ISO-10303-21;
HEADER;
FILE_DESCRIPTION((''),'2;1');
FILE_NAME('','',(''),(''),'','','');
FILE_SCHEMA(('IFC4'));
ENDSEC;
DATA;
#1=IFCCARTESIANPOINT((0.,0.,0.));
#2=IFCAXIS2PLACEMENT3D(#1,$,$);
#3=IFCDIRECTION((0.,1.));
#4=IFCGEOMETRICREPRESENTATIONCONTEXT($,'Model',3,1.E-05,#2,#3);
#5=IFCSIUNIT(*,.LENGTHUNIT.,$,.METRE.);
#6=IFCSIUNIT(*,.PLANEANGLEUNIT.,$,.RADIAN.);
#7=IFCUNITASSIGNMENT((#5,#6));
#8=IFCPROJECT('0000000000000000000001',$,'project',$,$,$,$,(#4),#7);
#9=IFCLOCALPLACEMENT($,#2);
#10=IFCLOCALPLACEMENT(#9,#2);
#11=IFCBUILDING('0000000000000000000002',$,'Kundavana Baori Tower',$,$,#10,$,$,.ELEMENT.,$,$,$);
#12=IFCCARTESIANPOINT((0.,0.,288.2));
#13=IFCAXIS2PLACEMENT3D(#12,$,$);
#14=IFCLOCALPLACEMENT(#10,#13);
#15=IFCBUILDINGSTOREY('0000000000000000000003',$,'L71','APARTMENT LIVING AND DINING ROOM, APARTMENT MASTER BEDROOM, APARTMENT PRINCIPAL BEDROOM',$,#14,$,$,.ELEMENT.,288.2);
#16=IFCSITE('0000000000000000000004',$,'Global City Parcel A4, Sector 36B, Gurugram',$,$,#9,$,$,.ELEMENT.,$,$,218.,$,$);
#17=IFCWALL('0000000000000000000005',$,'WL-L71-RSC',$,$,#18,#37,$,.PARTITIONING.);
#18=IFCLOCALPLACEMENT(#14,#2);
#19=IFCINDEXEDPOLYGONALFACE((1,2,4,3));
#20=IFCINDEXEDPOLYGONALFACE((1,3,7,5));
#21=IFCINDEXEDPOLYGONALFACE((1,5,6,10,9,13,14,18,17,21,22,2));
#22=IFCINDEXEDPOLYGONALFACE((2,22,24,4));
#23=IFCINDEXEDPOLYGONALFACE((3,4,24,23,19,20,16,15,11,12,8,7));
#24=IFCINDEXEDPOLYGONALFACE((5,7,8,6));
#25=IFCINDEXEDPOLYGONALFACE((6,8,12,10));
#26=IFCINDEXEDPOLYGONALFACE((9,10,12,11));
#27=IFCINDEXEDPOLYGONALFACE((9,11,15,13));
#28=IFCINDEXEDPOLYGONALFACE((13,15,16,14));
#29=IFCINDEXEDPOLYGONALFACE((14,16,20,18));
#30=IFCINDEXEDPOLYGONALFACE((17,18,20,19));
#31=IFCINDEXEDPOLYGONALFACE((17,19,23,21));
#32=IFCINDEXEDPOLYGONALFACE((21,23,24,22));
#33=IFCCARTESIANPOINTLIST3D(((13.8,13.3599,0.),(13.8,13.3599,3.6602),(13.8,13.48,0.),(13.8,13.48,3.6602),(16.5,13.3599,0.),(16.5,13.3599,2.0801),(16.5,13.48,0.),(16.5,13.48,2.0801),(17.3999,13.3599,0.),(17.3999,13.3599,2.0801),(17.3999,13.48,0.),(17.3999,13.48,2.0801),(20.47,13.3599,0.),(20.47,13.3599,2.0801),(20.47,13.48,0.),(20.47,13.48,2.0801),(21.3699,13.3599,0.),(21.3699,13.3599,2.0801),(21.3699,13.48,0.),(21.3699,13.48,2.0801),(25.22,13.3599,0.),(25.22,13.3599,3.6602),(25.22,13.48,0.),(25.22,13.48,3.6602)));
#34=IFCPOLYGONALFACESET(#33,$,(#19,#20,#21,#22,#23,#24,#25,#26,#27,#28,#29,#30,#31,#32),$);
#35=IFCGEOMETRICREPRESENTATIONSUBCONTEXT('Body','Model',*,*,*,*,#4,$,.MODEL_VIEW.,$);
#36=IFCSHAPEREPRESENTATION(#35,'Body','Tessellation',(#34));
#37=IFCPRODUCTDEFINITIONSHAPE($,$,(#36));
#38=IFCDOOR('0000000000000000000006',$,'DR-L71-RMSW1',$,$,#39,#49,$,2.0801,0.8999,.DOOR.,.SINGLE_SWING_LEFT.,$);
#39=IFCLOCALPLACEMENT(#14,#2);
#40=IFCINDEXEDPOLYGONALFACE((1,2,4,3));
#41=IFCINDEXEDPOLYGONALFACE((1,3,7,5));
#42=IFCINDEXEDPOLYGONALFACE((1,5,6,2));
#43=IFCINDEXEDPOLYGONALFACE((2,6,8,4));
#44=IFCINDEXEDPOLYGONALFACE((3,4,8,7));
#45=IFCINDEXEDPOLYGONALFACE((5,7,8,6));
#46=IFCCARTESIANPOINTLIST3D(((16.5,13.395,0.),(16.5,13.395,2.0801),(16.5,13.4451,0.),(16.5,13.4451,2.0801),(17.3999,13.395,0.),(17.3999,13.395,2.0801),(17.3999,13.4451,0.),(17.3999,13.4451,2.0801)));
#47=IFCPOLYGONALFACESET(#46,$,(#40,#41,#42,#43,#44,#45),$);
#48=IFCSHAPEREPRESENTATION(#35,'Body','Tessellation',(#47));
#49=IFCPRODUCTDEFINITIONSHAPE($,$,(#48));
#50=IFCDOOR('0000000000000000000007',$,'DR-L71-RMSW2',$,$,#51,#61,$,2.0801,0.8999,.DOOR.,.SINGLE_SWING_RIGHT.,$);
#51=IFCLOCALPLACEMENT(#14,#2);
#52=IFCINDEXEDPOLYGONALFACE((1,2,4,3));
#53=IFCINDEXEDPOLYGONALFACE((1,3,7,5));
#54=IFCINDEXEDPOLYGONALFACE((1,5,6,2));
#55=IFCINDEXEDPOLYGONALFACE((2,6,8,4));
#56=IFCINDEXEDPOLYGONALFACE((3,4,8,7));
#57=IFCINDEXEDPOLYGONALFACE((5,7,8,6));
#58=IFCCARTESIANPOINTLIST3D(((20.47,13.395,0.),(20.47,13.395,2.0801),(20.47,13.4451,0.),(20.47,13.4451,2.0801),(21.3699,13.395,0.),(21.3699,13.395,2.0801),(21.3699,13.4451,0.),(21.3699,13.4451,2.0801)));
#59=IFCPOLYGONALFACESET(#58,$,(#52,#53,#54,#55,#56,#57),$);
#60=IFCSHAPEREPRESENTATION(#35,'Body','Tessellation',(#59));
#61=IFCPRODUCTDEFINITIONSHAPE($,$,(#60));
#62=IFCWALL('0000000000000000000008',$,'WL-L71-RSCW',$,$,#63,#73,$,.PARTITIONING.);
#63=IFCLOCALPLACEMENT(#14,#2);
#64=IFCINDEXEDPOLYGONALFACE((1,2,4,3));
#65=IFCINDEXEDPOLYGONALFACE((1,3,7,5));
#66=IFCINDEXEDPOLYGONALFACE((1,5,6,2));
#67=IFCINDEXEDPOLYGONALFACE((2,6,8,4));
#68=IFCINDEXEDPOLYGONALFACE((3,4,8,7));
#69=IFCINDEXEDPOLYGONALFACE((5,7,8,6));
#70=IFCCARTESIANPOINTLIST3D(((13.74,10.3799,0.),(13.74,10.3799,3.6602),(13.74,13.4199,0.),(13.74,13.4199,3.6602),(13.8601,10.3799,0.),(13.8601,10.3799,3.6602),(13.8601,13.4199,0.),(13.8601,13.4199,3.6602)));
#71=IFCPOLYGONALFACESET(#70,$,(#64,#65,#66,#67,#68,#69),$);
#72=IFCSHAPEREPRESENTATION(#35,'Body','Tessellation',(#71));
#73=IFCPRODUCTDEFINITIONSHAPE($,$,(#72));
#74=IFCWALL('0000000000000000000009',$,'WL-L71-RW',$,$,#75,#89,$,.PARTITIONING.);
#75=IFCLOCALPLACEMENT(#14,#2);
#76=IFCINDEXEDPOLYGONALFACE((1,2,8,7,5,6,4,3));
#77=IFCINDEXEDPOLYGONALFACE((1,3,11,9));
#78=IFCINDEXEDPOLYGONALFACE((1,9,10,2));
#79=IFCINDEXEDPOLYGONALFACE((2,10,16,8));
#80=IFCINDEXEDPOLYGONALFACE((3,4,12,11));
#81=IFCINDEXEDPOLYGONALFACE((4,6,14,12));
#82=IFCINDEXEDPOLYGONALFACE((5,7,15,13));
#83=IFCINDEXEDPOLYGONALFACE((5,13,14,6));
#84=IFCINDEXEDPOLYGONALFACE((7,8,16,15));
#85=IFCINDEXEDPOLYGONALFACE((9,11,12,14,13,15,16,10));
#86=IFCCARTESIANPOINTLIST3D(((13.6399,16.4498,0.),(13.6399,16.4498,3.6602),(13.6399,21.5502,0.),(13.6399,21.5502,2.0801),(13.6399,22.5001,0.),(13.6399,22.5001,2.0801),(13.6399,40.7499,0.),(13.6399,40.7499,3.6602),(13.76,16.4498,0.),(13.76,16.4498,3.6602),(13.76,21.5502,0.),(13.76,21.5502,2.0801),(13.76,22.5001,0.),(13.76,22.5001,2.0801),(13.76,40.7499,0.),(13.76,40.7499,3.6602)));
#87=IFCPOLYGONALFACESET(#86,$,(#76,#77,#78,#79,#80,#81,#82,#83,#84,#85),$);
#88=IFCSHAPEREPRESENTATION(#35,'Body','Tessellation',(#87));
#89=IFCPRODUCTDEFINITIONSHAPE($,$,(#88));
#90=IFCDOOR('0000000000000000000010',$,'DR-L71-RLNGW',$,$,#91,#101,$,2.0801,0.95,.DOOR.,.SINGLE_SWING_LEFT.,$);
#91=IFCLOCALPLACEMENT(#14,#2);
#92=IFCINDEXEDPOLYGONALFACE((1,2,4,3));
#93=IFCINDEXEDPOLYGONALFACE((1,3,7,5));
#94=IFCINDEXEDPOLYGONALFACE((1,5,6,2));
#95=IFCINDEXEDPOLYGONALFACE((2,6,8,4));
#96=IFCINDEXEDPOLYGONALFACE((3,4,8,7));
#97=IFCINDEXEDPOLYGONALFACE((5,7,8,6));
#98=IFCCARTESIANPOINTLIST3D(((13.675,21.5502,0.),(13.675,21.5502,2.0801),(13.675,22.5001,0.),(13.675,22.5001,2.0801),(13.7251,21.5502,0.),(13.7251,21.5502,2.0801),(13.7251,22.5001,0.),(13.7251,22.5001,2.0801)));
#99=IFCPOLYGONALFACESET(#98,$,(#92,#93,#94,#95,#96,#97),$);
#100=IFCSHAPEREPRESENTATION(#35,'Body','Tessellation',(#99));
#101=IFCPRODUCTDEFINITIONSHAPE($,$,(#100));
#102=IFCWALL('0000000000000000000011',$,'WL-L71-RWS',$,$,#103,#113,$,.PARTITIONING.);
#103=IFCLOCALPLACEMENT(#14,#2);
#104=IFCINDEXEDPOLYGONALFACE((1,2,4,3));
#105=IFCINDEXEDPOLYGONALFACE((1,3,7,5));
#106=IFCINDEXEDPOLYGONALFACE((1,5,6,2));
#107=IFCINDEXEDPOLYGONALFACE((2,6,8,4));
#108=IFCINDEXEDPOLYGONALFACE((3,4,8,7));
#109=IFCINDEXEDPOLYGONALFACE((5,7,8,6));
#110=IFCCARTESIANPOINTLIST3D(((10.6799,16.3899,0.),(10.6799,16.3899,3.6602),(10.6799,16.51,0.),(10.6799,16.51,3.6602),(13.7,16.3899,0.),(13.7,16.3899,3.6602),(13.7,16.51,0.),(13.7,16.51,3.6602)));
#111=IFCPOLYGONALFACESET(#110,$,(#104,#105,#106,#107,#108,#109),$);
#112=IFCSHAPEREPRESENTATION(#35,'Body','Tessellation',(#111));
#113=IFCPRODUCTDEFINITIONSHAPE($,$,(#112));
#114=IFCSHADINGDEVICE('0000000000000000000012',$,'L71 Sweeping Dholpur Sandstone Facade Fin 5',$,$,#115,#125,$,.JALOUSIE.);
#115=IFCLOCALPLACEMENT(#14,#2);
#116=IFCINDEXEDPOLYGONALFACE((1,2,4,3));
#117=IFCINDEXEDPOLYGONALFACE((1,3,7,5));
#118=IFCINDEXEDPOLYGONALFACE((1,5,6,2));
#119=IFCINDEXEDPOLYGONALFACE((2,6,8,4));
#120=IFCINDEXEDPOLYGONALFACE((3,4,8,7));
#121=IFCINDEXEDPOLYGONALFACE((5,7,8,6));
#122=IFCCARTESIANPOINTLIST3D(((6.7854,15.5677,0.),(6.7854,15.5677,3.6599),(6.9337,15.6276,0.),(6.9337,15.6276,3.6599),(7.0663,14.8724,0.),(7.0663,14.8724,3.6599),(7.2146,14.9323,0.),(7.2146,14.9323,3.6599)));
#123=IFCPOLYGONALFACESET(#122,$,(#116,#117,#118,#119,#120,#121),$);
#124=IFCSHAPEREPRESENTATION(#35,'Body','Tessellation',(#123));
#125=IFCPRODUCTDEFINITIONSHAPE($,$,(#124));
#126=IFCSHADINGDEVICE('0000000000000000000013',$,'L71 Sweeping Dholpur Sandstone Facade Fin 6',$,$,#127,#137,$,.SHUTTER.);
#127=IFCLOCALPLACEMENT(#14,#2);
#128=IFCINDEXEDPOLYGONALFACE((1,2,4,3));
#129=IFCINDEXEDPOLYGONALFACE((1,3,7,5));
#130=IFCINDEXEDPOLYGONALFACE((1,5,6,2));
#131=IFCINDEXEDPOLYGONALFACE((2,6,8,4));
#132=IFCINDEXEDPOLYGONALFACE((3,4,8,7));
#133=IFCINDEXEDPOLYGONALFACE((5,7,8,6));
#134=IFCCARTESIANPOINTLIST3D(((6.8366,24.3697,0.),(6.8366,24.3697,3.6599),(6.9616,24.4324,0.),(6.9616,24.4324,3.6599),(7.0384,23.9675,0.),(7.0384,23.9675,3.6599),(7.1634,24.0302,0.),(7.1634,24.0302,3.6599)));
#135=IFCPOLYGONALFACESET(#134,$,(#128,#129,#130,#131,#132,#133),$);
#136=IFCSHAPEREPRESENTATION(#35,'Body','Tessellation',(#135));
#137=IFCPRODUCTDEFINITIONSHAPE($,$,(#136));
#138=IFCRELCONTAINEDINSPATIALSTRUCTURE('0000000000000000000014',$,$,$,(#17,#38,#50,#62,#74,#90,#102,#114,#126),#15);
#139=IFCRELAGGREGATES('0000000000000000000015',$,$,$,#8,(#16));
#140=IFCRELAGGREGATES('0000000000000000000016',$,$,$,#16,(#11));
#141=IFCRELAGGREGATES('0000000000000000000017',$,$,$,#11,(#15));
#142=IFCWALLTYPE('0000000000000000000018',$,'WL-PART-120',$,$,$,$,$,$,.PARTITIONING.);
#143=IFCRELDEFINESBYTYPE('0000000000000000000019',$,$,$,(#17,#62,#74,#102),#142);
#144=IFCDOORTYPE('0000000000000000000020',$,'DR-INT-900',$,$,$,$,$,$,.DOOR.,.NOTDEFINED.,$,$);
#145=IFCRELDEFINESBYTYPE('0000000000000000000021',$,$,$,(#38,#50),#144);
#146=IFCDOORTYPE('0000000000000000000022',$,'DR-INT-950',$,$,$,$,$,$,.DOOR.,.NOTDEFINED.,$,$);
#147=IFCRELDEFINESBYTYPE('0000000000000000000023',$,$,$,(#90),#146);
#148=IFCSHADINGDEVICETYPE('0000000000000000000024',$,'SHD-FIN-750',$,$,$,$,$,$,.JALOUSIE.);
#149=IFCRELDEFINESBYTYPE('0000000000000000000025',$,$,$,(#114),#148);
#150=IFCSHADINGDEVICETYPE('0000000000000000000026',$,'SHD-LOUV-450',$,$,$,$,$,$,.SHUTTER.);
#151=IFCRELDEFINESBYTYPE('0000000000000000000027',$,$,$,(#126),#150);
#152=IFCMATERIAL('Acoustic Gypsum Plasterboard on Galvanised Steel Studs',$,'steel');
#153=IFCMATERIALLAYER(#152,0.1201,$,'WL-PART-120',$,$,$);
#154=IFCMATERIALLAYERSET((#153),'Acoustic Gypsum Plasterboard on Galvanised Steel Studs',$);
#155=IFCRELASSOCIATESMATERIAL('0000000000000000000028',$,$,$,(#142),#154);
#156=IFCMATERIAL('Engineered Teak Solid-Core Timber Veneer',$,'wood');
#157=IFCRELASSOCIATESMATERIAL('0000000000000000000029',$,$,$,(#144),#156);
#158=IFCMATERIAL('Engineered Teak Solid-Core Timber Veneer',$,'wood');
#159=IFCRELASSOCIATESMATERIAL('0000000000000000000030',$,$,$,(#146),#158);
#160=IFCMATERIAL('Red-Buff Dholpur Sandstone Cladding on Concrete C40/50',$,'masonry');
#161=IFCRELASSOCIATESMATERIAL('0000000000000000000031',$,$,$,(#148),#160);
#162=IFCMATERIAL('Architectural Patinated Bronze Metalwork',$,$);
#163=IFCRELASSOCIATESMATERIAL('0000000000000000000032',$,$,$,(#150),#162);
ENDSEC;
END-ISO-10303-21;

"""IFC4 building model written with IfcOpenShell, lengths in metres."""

from ifc_helpers import new_model, si_unit, direction, frame, frame_2d, origin, origin_2d, place, context, subcontext, project, spatial, rectangle, extrude, material, layer, layer_set, type_object, element, fill, save


model = new_model("IFC4")

# Units and contexts
model_context = context("Model", 3, precision=1e-05, world=origin(), true_north=direction((0.0, 1.0)))
body_context = subcontext(model_context, "Body", "Model", "MODEL_VIEW")
ifc_project = project(units=[si_unit("LENGTHUNIT", "METRE"), si_unit("PLANEANGLEUNIT", "RADIAN")], contexts=[model_context])

# Site, building, storey
site_placement = place(None, origin())
site = spatial("IfcSite", under=ifc_project, at=site_placement, Name="Global City Parcel A4, Sector 36B, Gurugram", CompositionType="ELEMENT", RefElevation=218.0)
building_placement = place(site_placement, origin())
building = spatial("IfcBuilding", under=site, at=building_placement, Name="Kundavana Baori Tower", CompositionType="ELEMENT")
storey_placement = place(building_placement, frame((0.0, 0.0, 288.2)))
storey = spatial("IfcBuildingStorey", under=building, at=storey_placement, Name="L71", Description="APARTMENT LIVING AND DINING ROOM, APARTMENT MASTER BEDROOM, APARTMENT PRINCIPAL BEDROOM", CompositionType="ELEMENT", Elevation=288.2)

# Wall, openings, doors
ifc_material_1 = material(Name="Acoustic Gypsum Plasterboard on Galvanised Steel Studs", Category="steel")
ifc_layer_1 = layer(ifc_material_1, 0.1201, Name="WL-PART-120")
ifc_layer_set_1 = layer_set([ifc_layer_1], Name="Acoustic Gypsum Plasterboard on Galvanised Steel Studs")
wall_type_1 = type_object("IfcWallType", Name="WL-PART-120", PredefinedType="PARTITIONING", material=ifc_layer_set_1)
wall_1_placement = place(storey_placement, frame((13.8, 13.4199, 0.0), z_axis=(0.0, 0.0, 1.0), x_axis=(1.0, 0.0, 0.0)))
wall_1 = element("IfcWall", 1, at=wall_1_placement, inside=storey, type_object=wall_type_1, Name="WL-L71-RSC", PredefinedType="PARTITIONING", context=body_context, shape_type="SweptSolid", body=[
    extrude(rectangle(XDim=11.4199, YDim=0.1201, at=frame_2d((5.71, 0.0))), origin(), (0.0, 0.0, 1.0), 3.6602),
])
opening_1_placement = place(wall_1_placement, frame((2.7, 0.0, 0.0)))
opening_1 = element("IfcOpeningElement", 2, at=opening_1_placement, cuts=wall_1, PredefinedType="OPENING", context=body_context, shape_type="SweptSolid", body=[
    extrude(rectangle(XDim=0.8999, YDim=2.0801, at=frame_2d((0.45, 1.04))), frame((0.0, 0.0701, 0.0), z_axis=(0.0, -1.0, 0.0), x_axis=(1.0, 0.0, 0.0)), (0.0, 0.0, 1.0), 0.1401),
])
opening_2_placement = place(wall_1_placement, frame((6.6699, 0.0, 0.0)))
opening_2 = element("IfcOpeningElement", 3, at=opening_2_placement, cuts=wall_1, PredefinedType="OPENING", context=body_context, shape_type="SweptSolid", body=[
    extrude(rectangle(XDim=0.8999, YDim=2.0801, at=frame_2d((0.45, 1.04))), frame((0.0, 0.0701, 0.0), z_axis=(0.0, -1.0, 0.0), x_axis=(1.0, 0.0, 0.0)), (0.0, 0.0, 1.0), 0.1401),
])
ifc_material_2 = material(Name="Engineered Teak Solid-Core Timber Veneer", Category="wood")
door_type_1 = type_object("IfcDoorType", Name="DR-INT-900", OperationType="NOTDEFINED", PredefinedType="DOOR", material=ifc_material_2)
door_1_placement = place(opening_1_placement, frame((0.8999, 0.0, 0.0), z_axis=(0.0, 0.0, 1.0), x_axis=(-1.0, 0.0, 0.0)))
door_1 = element("IfcDoor", 4, at=door_1_placement, inside=storey, type_object=door_type_1, Name="DR-L71-RMSW1", OperationType="SINGLE_SWING_LEFT", OverallHeight=2.0801, OverallWidth=0.8999, PredefinedType="DOOR", context=body_context, shape_type="SweptSolid", body=[
    extrude(rectangle(XDim=0.8999, YDim=2.0801, at=frame_2d((0.45, 1.04))), frame((0.0, 0.0249, 0.0), z_axis=(0.0, -1.0, 0.0), x_axis=(1.0, 0.0, 0.0)), (0.0, 0.0, 1.0), 0.05),
])
fill(opening_1, door_1)
door_2_placement = place(opening_2_placement, frame((0.8999, 0.0, 0.0), z_axis=(0.0, 0.0, 1.0), x_axis=(-1.0, 0.0, 0.0)))
door_2 = element("IfcDoor", 5, at=door_2_placement, inside=storey, type_object=door_type_1, Name="DR-L71-RMSW2", OperationType="SINGLE_SWING_RIGHT", OverallHeight=2.0801, OverallWidth=0.8999, PredefinedType="DOOR", context=body_context, shape_type="SweptSolid", body=[
    extrude(rectangle(XDim=0.8999, YDim=2.0801, at=frame_2d((0.45, 1.04))), frame((0.0, 0.0249, 0.0), z_axis=(0.0, -1.0, 0.0), x_axis=(1.0, 0.0, 0.0)), (0.0, 0.0, 1.0), 0.05),
])
fill(opening_2, door_2)

# Wall
wall_2_placement = place(storey_placement, frame((13.8, 10.3799, 0.0), z_axis=(0.0, 0.0, 1.0), x_axis=(0.0, 1.0, 0.0)))
element("IfcWall", 6, at=wall_2_placement, inside=storey, type_object=wall_type_1, Name="WL-L71-RSCW", PredefinedType="PARTITIONING", context=body_context, shape_type="SweptSolid", body=[
    extrude(rectangle(XDim=3.04, YDim=0.1201, at=frame_2d((1.52, 0.0))), origin(), (0.0, 0.0, 1.0), 3.6602),
])

# Wall, opening, door
wall_3_placement = place(storey_placement, frame((13.7, 16.45, 0.0), z_axis=(0.0, 0.0, 1.0), x_axis=(0.0, 1.0, 0.0)))
wall_3 = element("IfcWall", 7, at=wall_3_placement, inside=storey, type_object=wall_type_1, Name="WL-L71-RW", PredefinedType="PARTITIONING", context=body_context, shape_type="SweptSolid", body=[
    extrude(rectangle(XDim=24.3, YDim=0.1201, at=frame_2d((12.1499, 0.0))), origin(), (0.0, 0.0, 1.0), 3.6602),
])
opening_3_placement = place(wall_3_placement, frame((5.1001, 0.0, 0.0)))
opening_3 = element("IfcOpeningElement", 8, at=opening_3_placement, cuts=wall_3, PredefinedType="OPENING", context=body_context, shape_type="SweptSolid", body=[
    extrude(rectangle(XDim=0.95, YDim=2.0801, at=frame_2d((0.4751, 1.04))), frame((0.0, 0.0701, 0.0), z_axis=(0.0, -1.0, 0.0), x_axis=(1.0, 0.0, 0.0)), (0.0, 0.0, 1.0), 0.1401),
])
ifc_material_3 = material(Name="Engineered Teak Solid-Core Timber Veneer", Category="wood")
door_type_2 = type_object("IfcDoorType", Name="DR-INT-950", OperationType="NOTDEFINED", PredefinedType="DOOR", material=ifc_material_3)
door_3_placement = place(opening_3_placement, origin())
door_3 = element("IfcDoor", 9, at=door_3_placement, inside=storey, type_object=door_type_2, Name="DR-L71-RLNGW", OperationType="SINGLE_SWING_LEFT", OverallHeight=2.0801, OverallWidth=0.95, PredefinedType="DOOR", context=body_context, shape_type="SweptSolid", body=[
    extrude(rectangle(XDim=0.95, YDim=2.0801, at=frame_2d((0.4751, 1.04))), frame((0.0, 0.0249, 0.0), z_axis=(0.0, -1.0, 0.0), x_axis=(1.0, 0.0, 0.0)), (0.0, 0.0, 1.0), 0.05),
])
fill(opening_3, door_3)

# Wall
wall_4_placement = place(storey_placement, frame((10.6799, 16.45, 0.0), z_axis=(0.0, 0.0, 1.0), x_axis=(1.0, 0.0, 0.0)))
element("IfcWall", 10, at=wall_4_placement, inside=storey, type_object=wall_type_1, Name="WL-L71-RWS", PredefinedType="PARTITIONING", context=body_context, shape_type="SweptSolid", body=[
    extrude(rectangle(XDim=3.02, YDim=0.1201, at=frame_2d((1.51, 0.0))), origin(), (0.0, 0.0, 1.0), 3.6602),
])

# Shading devices
ifc_material_4 = material(Name="Red-Buff Dholpur Sandstone Cladding on Concrete C40/50", Category="masonry")
shading_device_type_1 = type_object("IfcShadingDeviceType", Name="SHD-FIN-750", PredefinedType="JALOUSIE", material=ifc_material_4)
shading_device_1_placement = place(storey_placement, frame((7.0, 15.25, 0.0), z_axis=(0.0, 0.0, 1.0), x_axis=(0.927184, 0.374607, 0.0)))
element("IfcShadingDevice", 11, at=shading_device_1_placement, inside=storey, type_object=shading_device_type_1, Name="L71 Sweeping Dholpur Sandstone Facade Fin 5", PredefinedType="JALOUSIE", context=body_context, shape_type="SweptSolid", body=[
    extrude(rectangle(XDim=0.1599, YDim=0.75, at=origin_2d()), origin(), (0.0, 0.0, 1.0), 3.6599),
])
ifc_material_5 = material(Name="Architectural Patinated Bronze Metalwork")
shading_device_type_2 = type_object("IfcShadingDeviceType", Name="SHD-LOUV-450", PredefinedType="SHUTTER", material=ifc_material_5)
shading_device_2_placement = place(storey_placement, frame((7.0, 24.2, 0.0), z_axis=(0.0, 0.0, 1.0), x_axis=(0.893841, 0.448383, 0.0)))
element("IfcShadingDevice", 12, at=shading_device_2_placement, inside=storey, type_object=shading_device_type_2, Name="L71 Sweeping Dholpur Sandstone Facade Fin 6", PredefinedType="SHUTTER", context=body_context, shape_type="SweptSolid", body=[
    extrude(rectangle(XDim=0.1399, YDim=0.45, at=origin_2d()), origin(), (0.0, 0.0, 1.0), 3.6599),
])

save(model, "model.ifc")
